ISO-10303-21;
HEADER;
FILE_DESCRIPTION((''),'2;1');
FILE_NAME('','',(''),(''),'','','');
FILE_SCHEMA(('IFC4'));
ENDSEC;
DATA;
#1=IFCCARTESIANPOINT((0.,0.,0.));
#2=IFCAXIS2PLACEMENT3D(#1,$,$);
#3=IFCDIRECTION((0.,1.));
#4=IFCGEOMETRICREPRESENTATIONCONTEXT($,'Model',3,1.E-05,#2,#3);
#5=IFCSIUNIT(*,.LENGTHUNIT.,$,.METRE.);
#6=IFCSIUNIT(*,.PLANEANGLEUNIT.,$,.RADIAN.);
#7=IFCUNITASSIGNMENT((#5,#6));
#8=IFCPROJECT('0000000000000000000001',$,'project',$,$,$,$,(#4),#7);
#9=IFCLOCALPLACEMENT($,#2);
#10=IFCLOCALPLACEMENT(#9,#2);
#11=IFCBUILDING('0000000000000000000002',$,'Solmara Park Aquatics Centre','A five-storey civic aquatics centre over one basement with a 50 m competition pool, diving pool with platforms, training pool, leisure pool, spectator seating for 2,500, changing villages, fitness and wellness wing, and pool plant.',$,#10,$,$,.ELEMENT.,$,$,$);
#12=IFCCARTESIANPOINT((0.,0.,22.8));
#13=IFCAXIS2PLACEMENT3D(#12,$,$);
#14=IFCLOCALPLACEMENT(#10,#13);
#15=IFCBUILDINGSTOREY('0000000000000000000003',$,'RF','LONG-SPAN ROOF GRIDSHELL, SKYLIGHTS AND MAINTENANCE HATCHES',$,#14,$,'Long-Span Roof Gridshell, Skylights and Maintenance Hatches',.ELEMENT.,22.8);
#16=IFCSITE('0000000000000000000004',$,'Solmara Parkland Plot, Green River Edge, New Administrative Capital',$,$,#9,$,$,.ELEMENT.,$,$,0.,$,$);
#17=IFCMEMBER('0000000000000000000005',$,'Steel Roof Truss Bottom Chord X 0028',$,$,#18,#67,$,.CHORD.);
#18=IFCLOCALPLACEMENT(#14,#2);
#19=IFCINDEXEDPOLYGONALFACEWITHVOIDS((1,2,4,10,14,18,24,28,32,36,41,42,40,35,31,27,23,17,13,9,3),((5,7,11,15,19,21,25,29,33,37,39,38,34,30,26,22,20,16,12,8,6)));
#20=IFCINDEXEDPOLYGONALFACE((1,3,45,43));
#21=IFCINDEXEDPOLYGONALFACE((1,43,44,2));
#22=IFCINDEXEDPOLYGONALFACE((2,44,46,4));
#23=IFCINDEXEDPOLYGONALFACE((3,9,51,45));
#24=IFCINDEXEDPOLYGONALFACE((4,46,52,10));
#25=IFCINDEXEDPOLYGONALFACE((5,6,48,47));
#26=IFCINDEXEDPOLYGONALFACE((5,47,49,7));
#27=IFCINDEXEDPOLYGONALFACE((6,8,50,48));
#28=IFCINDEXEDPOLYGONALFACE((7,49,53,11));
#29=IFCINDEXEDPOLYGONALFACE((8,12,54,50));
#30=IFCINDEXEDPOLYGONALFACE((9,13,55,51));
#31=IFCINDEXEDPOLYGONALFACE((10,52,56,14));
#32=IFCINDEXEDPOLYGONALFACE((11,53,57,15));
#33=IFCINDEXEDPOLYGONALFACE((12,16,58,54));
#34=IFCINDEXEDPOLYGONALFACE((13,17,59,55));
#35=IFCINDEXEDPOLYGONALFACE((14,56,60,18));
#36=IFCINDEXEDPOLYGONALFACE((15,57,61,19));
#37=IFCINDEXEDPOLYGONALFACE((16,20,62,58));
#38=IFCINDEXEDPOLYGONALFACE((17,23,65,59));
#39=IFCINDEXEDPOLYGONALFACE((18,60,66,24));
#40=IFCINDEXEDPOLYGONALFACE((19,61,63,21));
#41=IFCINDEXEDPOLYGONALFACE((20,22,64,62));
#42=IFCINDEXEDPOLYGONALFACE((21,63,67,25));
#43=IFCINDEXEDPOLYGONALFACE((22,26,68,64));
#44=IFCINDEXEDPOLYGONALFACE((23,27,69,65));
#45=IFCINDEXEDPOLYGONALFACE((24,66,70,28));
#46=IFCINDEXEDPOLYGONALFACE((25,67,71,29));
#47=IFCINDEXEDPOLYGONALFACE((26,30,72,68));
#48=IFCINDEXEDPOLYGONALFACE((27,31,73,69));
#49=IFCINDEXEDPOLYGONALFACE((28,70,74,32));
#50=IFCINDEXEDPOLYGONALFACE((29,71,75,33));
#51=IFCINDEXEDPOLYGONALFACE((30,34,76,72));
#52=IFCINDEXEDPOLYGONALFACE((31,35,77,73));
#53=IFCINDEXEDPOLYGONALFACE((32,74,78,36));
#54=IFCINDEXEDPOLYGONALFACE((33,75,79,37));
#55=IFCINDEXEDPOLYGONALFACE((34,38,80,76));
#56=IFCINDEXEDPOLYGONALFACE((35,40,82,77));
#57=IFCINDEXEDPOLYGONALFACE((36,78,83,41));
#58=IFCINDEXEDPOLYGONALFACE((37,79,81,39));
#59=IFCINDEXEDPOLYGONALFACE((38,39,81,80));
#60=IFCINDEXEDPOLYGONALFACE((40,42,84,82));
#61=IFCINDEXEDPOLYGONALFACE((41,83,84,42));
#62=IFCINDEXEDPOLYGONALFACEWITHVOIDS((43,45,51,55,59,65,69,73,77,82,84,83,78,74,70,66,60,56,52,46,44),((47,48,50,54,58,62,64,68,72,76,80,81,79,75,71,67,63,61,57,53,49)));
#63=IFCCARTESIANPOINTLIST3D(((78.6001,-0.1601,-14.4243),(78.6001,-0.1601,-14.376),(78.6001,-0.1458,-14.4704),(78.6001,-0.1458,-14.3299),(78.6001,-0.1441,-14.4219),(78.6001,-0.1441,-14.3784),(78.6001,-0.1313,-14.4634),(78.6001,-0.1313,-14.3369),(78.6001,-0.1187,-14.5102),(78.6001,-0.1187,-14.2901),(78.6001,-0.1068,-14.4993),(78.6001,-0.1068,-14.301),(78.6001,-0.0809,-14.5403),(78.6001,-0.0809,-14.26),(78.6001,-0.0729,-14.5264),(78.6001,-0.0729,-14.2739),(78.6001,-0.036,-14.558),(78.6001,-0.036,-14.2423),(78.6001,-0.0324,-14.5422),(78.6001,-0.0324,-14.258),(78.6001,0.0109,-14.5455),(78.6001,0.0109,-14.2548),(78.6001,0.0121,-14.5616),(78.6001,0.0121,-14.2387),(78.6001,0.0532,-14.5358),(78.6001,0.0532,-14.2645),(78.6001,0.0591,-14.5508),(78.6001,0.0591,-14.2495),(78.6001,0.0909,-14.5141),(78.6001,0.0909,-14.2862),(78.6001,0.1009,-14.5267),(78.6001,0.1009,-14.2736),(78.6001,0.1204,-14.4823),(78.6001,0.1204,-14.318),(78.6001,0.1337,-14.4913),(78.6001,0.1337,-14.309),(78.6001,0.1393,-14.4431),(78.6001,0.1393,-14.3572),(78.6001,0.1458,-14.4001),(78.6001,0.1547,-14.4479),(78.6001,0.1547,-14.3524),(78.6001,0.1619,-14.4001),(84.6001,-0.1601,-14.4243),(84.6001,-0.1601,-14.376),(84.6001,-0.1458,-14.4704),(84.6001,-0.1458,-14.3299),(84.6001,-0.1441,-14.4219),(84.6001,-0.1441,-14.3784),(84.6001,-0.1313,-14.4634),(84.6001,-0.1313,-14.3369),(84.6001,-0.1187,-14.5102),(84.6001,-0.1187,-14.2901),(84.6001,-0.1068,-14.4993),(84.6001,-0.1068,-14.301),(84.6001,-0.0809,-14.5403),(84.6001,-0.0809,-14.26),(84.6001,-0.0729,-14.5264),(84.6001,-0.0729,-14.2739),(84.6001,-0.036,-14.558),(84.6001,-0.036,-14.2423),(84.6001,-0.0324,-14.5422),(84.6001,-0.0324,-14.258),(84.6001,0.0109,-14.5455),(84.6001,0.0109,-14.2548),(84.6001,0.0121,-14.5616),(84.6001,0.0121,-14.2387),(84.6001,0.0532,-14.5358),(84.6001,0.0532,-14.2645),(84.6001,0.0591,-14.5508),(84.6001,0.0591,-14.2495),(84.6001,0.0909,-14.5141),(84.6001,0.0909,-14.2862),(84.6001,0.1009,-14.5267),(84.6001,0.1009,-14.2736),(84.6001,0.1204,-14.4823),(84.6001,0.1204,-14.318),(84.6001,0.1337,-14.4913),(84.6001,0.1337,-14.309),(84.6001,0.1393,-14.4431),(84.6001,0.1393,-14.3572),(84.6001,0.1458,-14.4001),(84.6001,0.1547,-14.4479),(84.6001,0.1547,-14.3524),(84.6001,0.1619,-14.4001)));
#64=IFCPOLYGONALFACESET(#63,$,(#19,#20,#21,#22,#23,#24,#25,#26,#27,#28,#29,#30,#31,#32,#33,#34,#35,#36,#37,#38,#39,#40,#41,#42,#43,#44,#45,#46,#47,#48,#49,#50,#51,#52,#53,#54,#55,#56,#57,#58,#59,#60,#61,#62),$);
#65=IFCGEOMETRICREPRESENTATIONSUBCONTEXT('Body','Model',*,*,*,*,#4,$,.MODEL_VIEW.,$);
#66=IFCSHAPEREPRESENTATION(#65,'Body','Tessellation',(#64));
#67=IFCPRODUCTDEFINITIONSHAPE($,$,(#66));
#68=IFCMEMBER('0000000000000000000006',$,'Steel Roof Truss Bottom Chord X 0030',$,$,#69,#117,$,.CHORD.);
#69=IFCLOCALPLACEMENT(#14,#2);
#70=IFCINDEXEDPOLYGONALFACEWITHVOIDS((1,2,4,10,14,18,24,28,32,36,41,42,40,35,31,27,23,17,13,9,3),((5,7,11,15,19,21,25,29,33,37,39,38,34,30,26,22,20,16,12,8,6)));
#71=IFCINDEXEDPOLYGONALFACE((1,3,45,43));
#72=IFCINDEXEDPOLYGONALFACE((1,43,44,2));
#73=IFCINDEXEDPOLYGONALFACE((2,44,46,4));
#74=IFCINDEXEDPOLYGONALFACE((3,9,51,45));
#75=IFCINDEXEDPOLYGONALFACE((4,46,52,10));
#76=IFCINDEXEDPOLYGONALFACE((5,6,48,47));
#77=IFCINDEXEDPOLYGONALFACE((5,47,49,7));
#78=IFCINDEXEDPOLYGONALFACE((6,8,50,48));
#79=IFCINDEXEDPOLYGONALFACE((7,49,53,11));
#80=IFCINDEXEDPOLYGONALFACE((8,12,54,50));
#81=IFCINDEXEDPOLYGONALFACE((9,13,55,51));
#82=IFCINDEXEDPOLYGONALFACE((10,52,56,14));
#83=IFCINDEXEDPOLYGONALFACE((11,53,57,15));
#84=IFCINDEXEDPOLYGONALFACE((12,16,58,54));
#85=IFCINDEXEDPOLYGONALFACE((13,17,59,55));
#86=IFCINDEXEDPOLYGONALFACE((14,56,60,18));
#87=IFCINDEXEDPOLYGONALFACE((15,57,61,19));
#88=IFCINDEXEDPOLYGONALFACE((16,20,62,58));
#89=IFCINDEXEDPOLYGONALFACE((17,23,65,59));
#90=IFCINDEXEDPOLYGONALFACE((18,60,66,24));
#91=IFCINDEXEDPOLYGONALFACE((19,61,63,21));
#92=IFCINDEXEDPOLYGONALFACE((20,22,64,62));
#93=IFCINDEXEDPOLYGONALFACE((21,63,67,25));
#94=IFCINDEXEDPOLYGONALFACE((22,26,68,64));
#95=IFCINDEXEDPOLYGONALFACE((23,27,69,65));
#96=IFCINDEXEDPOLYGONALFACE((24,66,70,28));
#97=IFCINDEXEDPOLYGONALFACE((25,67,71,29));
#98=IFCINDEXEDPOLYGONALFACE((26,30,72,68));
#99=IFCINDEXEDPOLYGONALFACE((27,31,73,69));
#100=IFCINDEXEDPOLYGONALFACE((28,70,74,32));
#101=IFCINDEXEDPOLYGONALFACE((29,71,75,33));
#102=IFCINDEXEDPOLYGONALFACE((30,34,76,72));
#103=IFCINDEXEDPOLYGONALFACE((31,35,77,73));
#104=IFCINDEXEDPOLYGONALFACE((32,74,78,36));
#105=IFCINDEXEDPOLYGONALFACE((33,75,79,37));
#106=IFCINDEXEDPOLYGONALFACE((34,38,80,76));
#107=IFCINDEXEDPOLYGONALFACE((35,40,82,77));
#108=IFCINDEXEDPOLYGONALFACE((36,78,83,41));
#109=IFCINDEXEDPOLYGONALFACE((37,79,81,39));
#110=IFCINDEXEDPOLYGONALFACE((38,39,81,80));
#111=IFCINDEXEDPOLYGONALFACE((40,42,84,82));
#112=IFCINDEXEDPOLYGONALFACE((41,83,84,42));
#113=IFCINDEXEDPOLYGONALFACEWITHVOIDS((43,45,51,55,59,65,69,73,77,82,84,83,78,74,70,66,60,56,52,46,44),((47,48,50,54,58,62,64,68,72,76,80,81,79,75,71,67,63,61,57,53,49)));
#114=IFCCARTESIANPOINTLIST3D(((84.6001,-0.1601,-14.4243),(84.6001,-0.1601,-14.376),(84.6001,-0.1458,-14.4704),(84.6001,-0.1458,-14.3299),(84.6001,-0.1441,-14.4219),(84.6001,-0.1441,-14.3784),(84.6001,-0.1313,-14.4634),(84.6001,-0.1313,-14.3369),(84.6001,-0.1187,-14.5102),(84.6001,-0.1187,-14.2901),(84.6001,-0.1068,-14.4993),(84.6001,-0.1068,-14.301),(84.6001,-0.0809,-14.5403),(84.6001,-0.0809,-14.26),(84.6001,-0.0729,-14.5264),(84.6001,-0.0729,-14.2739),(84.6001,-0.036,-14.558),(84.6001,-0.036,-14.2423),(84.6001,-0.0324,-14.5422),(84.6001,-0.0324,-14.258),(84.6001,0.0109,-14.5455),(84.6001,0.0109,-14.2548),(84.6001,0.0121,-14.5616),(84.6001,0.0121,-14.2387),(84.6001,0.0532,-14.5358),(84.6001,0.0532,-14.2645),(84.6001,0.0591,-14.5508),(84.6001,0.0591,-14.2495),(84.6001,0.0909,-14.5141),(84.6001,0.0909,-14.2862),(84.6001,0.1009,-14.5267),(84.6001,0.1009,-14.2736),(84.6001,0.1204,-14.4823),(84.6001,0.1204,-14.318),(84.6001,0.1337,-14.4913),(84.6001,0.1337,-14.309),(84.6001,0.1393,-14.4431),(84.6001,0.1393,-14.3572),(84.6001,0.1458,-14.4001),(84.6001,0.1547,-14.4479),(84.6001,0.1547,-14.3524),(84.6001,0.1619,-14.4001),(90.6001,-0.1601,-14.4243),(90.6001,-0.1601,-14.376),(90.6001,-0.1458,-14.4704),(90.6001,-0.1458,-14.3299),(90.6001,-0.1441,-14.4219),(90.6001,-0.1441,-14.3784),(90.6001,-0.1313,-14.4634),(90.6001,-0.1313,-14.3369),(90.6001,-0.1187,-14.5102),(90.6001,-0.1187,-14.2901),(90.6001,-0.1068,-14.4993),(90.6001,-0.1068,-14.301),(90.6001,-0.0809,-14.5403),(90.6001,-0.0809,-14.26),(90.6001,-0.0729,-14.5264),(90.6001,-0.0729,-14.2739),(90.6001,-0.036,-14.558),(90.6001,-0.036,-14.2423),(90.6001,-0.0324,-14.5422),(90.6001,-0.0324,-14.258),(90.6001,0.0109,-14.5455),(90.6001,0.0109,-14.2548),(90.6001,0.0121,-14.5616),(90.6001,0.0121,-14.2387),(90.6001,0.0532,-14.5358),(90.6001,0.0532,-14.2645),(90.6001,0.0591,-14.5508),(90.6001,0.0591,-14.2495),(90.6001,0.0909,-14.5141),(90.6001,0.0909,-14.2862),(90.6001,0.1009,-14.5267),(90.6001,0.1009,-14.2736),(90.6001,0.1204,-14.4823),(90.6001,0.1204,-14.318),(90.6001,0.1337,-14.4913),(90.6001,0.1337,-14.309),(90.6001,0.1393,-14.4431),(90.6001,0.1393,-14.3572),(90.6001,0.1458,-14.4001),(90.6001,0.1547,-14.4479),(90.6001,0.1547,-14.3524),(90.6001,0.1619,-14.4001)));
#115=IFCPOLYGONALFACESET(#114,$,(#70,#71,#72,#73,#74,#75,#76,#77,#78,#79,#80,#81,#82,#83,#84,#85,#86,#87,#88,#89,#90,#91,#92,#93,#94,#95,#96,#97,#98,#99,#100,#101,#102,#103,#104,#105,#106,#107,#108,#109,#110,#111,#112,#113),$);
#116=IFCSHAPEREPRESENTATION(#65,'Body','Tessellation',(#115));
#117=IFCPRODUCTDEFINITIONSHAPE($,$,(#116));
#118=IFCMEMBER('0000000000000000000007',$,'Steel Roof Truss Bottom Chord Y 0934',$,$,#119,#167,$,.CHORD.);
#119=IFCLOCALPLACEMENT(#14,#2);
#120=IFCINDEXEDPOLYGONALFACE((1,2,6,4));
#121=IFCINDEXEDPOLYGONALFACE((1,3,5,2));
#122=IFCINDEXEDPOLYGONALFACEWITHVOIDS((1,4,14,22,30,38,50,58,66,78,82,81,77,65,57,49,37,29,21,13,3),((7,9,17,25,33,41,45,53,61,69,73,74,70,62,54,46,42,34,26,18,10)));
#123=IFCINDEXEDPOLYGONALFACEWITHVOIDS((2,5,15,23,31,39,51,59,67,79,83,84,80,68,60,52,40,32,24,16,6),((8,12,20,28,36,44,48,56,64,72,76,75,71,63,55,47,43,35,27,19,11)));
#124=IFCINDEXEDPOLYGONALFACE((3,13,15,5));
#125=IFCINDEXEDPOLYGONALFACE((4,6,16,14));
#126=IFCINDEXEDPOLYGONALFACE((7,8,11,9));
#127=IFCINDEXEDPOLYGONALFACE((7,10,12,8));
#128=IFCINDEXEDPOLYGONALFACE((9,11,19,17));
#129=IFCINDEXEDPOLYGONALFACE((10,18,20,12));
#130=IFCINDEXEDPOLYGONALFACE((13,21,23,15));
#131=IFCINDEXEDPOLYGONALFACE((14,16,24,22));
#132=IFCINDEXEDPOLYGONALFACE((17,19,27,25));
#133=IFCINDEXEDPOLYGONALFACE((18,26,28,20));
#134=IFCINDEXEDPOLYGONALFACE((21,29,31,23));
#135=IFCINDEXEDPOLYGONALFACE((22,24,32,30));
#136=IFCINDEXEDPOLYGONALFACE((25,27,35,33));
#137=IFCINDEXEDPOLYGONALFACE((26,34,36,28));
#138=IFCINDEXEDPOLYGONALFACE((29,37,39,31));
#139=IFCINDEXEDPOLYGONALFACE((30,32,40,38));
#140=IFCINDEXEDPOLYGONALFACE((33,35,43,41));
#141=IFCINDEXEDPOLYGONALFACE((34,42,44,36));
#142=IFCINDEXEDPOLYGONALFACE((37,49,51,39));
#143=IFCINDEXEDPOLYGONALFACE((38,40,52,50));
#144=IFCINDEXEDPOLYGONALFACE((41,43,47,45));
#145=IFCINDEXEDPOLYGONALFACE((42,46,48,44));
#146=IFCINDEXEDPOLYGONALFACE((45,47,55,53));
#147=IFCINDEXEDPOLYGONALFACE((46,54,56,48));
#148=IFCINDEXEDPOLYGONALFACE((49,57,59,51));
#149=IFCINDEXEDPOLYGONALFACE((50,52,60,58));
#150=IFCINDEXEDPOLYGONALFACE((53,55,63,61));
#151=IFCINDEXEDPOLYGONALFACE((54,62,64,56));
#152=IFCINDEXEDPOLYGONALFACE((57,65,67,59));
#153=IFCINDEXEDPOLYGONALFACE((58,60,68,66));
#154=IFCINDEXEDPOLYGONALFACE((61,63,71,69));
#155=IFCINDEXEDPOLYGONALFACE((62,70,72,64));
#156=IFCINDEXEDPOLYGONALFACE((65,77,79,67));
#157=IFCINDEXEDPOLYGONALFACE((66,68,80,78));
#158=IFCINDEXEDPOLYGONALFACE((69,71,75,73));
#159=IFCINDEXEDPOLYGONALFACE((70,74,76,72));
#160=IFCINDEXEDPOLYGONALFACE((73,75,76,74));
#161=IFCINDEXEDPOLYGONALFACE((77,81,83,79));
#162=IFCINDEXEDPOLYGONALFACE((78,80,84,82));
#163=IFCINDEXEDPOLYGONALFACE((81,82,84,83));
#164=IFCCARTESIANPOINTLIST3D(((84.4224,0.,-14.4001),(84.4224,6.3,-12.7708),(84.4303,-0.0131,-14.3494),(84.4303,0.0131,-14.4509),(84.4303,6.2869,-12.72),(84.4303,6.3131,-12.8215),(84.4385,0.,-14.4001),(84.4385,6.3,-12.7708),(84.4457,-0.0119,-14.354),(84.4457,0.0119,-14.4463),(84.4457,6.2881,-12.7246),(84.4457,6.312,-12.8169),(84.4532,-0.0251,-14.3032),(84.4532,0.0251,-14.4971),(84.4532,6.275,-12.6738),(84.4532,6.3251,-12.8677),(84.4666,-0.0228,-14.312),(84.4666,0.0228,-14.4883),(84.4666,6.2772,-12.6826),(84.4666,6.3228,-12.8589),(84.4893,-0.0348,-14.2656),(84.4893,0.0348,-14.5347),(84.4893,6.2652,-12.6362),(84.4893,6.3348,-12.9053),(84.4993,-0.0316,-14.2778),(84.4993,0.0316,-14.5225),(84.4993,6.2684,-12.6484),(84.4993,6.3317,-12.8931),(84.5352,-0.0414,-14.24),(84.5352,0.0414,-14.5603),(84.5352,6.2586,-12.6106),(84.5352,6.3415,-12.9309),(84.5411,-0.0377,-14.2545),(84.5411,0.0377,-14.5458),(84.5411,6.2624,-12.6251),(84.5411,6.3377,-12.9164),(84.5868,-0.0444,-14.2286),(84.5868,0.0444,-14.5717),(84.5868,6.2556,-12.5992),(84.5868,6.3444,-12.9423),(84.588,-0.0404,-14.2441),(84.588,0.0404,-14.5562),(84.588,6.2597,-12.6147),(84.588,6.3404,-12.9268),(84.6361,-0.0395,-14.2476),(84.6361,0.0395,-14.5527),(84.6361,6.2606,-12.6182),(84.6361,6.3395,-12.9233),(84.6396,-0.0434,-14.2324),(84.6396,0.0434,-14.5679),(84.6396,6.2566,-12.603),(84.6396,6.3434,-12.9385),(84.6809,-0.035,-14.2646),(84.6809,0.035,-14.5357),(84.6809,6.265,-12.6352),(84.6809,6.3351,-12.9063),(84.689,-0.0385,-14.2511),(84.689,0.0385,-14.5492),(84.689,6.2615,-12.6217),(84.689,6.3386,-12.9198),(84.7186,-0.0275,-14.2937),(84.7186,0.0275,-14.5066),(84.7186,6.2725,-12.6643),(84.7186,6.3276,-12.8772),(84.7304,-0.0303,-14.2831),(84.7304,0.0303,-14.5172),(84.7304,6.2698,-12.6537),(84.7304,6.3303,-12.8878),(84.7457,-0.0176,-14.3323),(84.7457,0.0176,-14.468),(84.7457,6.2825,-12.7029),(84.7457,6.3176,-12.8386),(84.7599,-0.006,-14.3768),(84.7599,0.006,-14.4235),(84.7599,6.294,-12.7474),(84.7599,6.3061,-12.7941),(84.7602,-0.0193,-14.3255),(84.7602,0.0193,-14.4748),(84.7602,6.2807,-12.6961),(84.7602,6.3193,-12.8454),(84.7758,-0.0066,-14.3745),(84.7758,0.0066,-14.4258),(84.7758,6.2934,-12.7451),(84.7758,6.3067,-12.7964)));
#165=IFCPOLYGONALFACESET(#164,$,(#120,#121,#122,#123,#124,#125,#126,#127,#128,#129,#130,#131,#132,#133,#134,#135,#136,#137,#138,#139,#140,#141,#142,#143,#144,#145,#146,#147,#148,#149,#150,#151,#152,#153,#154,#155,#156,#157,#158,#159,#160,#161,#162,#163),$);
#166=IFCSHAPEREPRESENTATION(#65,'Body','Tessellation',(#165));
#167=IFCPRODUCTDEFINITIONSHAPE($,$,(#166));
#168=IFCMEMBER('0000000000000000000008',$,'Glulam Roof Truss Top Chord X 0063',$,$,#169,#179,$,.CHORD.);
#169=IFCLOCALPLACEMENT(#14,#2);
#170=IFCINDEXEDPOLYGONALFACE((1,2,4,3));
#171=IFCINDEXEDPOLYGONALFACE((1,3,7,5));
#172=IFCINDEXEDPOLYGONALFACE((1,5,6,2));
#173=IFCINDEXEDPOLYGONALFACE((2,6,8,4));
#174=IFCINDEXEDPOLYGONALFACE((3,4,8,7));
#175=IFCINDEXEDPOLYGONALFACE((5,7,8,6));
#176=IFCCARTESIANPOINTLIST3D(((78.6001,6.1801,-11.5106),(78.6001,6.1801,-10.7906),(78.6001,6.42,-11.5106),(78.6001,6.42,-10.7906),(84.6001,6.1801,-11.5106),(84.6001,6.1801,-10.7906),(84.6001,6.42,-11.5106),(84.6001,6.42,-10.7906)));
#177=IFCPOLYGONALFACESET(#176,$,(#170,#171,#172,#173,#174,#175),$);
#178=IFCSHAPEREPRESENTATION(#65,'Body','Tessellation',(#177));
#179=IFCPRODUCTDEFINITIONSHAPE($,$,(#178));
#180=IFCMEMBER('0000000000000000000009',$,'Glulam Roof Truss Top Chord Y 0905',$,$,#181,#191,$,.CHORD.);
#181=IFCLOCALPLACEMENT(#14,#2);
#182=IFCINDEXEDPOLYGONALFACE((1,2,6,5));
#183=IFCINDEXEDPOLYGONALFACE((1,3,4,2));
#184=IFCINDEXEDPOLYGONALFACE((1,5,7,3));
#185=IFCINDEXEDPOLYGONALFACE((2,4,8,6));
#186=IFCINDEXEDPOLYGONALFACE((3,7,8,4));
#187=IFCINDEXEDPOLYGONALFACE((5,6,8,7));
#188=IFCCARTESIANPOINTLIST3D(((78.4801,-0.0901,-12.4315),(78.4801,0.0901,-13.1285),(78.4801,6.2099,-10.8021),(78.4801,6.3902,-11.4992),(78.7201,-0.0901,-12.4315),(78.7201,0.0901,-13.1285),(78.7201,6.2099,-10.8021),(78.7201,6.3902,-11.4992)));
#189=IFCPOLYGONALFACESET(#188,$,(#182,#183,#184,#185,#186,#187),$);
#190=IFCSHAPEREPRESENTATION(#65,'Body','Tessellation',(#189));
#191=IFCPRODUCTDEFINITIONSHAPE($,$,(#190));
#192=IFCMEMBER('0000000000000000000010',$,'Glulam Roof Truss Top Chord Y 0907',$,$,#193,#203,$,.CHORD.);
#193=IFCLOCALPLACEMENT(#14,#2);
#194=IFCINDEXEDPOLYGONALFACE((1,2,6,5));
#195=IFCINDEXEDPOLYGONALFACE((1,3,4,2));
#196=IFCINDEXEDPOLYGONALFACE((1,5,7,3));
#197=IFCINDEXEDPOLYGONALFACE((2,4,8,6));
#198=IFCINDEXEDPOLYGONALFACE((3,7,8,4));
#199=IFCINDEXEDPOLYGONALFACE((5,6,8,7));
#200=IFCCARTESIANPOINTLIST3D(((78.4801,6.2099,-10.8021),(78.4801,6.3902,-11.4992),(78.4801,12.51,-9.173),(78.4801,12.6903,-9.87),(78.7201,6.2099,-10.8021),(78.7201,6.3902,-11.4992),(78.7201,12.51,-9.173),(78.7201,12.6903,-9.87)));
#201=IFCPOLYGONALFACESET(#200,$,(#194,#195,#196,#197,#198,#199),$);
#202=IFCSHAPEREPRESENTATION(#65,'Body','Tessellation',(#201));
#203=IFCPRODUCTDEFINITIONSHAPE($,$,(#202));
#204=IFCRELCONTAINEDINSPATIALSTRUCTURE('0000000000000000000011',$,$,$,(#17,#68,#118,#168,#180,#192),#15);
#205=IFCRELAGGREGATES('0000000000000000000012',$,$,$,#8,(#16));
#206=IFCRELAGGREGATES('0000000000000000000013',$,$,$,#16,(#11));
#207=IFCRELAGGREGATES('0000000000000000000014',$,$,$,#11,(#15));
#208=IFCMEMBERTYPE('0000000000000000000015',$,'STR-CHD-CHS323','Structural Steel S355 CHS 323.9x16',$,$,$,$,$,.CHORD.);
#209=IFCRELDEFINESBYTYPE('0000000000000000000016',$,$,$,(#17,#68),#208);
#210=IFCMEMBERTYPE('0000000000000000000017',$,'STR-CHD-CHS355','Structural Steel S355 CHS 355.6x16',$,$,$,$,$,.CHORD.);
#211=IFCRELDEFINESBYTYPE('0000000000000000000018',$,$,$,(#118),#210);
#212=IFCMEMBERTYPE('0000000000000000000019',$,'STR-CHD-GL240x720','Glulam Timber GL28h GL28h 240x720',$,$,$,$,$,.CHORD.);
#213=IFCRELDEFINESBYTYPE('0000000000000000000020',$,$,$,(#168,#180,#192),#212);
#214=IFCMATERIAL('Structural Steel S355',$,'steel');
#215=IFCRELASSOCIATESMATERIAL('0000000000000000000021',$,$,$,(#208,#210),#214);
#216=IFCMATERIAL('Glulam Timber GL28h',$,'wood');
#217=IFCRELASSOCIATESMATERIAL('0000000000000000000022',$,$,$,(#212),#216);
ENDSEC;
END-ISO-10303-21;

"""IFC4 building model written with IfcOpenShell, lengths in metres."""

from ifc_helpers import new_model, si_unit, direction, frame, origin, origin_2d, place, context, subcontext, project, spatial, rectangle, hollow_circle, extrude, material, material_profile, profile_set, type_object, element, save


model = new_model("IFC4")

# Units and contexts
model_context = context("Model", 3, precision=1e-05, world=origin(), true_north=direction((0.0, 1.0)))
body_context = subcontext(model_context, "Body", "Model", "MODEL_VIEW")
ifc_project = project(units=[si_unit("LENGTHUNIT", "METRE"), si_unit("PLANEANGLEUNIT", "RADIAN")], contexts=[model_context])

# Site, building, storey
site_placement = place(None, origin())
site = spatial("IfcSite", under=ifc_project, at=site_placement, Name="Solmara Parkland Plot, Green River Edge, New Administrative Capital", CompositionType="ELEMENT", RefElevation=0.0)
building_placement = place(site_placement, origin())
building = spatial("IfcBuilding", under=site, at=building_placement, Name="Solmara Park Aquatics Centre", Description="A five-storey civic aquatics centre over one basement with a 50 m competition pool, diving pool with platforms, training pool, leisure pool, spectator seating for 2,500, changing villages, fitness and wellness wing, and pool plant.", CompositionType="ELEMENT")
storey_placement = place(building_placement, frame((0.0, 0.0, 22.8)))
storey = spatial("IfcBuildingStorey", under=building, at=storey_placement, Name="RF", Description="LONG-SPAN ROOF GRIDSHELL, SKYLIGHTS AND MAINTENANCE HATCHES", LongName="Long-Span Roof Gridshell, Skylights and Maintenance Hatches", CompositionType="ELEMENT", Elevation=22.8)

# Members
ifc_material_1 = material(Name="Structural Steel S355", Category="steel")
ifc_material_profile_1 = material_profile(ifc_material_1, hollow_circle(Radius=0.1619, WallThickness=0.0161, at=origin_2d()), Name="CHS 323.9x16")
ifc_profile_set_1 = profile_set([ifc_material_profile_1], Name="Structural Steel S355")
member_type_1 = type_object("IfcMemberType", Name="STR-CHD-CHS323", Description="Structural Steel S355 CHS 323.9x16", PredefinedType="CHORD", material=ifc_profile_set_1)
for number, where, z_axis, x_axis, name in (
    (1, (78.6001, 0.0, -14.4001), (1.0, 0.0, 0.0), (0.0, 1.0, 0.0), "Steel Roof Truss Bottom Chord X 0028"),
    (2, (84.6001, 0.0, -14.4001), (1.0, 0.0, 0.0), (0.0, 1.0, 0.0), "Steel Roof Truss Bottom Chord X 0030"),
):
    element("IfcMember", number, at=place(storey_placement, frame(where, z_axis=z_axis, x_axis=x_axis)), inside=storey, type_object=member_type_1, Name=name, PredefinedType="CHORD", context=body_context, shape_type="SweptSolid", body=[
        extrude(hollow_circle(Radius=0.1619, WallThickness=0.0161, at=origin_2d()), origin(), (0.0, 0.0, 1.0), 6.0),
    ])
ifc_material_profile_2 = material_profile(ifc_material_1, hollow_circle(Radius=0.1777, WallThickness=0.0161, at=origin_2d()), Name="CHS 355.6x16")
ifc_profile_set_2 = profile_set([ifc_material_profile_2], Name="Structural Steel S355")
member_type_2 = type_object("IfcMemberType", Name="STR-CHD-CHS355", Description="Structural Steel S355 CHS 355.6x16", PredefinedType="CHORD", material=ifc_profile_set_2)
member_1_placement = place(storey_placement, frame((84.6001, 0.0, -14.4001), z_axis=(0.0, 0.968144, 0.250393), x_axis=(-1.0, 0.0, 0.0)))
element("IfcMember", 3, at=member_1_placement, inside=storey, type_object=member_type_2, Name="Steel Roof Truss Bottom Chord Y 0934", PredefinedType="CHORD", context=body_context, shape_type="SweptSolid", body=[
    extrude(hollow_circle(Radius=0.1777, WallThickness=0.0161, at=origin_2d()), origin(), (0.0, 0.0, 1.0), 6.5073),
])
ifc_material_2 = material(Name="Glulam Timber GL28h", Category="wood")
ifc_material_profile_3 = material_profile(ifc_material_2, rectangle(XDim=0.24, YDim=0.72, at=origin_2d()), Name="GL28h 240x720")
ifc_profile_set_3 = profile_set([ifc_material_profile_3], Name="Glulam Timber GL28h")
member_type_3 = type_object("IfcMemberType", Name="STR-CHD-GL240x720", Description="Glulam Timber GL28h GL28h 240x720", PredefinedType="CHORD", material=ifc_profile_set_3)
member_2_placement = place(storey_placement, frame((78.6001, 6.3, -11.1506), z_axis=(1.0, 0.0, 0.0), x_axis=(0.0, 1.0, 0.0)))
element("IfcMember", 4, at=member_2_placement, inside=storey, type_object=member_type_3, Name="Glulam Roof Truss Top Chord X 0063", PredefinedType="CHORD", context=body_context, shape_type="SweptSolid", body=[
    extrude(rectangle(XDim=0.24, YDim=0.72, at=origin_2d()), origin(), (0.0, 0.0, 1.0), 6.0),
])
for number, where, z_axis, x_axis, name in (
    (5, (78.6001, 0.0, -12.78), (0.0, 0.968144, 0.250393), (-1.0, 0.0, 0.0), "Glulam Roof Truss Top Chord Y 0905"),
    (6, (78.6001, 6.3, -11.1506), (0.0, 0.968153, 0.250358), (-1.0, 0.0, 0.0), "Glulam Roof Truss Top Chord Y 0907"),
):
    element("IfcMember", number, at=place(storey_placement, frame(where, z_axis=z_axis, x_axis=x_axis)), inside=storey, type_object=member_type_3, Name=name, PredefinedType="CHORD", context=body_context, shape_type="SweptSolid", body=[
        extrude(rectangle(XDim=0.24, YDim=0.72, at=origin_2d()), origin(), (0.0, 0.0, 1.0), 6.5073),
    ])

save(model, "model.ifc")
